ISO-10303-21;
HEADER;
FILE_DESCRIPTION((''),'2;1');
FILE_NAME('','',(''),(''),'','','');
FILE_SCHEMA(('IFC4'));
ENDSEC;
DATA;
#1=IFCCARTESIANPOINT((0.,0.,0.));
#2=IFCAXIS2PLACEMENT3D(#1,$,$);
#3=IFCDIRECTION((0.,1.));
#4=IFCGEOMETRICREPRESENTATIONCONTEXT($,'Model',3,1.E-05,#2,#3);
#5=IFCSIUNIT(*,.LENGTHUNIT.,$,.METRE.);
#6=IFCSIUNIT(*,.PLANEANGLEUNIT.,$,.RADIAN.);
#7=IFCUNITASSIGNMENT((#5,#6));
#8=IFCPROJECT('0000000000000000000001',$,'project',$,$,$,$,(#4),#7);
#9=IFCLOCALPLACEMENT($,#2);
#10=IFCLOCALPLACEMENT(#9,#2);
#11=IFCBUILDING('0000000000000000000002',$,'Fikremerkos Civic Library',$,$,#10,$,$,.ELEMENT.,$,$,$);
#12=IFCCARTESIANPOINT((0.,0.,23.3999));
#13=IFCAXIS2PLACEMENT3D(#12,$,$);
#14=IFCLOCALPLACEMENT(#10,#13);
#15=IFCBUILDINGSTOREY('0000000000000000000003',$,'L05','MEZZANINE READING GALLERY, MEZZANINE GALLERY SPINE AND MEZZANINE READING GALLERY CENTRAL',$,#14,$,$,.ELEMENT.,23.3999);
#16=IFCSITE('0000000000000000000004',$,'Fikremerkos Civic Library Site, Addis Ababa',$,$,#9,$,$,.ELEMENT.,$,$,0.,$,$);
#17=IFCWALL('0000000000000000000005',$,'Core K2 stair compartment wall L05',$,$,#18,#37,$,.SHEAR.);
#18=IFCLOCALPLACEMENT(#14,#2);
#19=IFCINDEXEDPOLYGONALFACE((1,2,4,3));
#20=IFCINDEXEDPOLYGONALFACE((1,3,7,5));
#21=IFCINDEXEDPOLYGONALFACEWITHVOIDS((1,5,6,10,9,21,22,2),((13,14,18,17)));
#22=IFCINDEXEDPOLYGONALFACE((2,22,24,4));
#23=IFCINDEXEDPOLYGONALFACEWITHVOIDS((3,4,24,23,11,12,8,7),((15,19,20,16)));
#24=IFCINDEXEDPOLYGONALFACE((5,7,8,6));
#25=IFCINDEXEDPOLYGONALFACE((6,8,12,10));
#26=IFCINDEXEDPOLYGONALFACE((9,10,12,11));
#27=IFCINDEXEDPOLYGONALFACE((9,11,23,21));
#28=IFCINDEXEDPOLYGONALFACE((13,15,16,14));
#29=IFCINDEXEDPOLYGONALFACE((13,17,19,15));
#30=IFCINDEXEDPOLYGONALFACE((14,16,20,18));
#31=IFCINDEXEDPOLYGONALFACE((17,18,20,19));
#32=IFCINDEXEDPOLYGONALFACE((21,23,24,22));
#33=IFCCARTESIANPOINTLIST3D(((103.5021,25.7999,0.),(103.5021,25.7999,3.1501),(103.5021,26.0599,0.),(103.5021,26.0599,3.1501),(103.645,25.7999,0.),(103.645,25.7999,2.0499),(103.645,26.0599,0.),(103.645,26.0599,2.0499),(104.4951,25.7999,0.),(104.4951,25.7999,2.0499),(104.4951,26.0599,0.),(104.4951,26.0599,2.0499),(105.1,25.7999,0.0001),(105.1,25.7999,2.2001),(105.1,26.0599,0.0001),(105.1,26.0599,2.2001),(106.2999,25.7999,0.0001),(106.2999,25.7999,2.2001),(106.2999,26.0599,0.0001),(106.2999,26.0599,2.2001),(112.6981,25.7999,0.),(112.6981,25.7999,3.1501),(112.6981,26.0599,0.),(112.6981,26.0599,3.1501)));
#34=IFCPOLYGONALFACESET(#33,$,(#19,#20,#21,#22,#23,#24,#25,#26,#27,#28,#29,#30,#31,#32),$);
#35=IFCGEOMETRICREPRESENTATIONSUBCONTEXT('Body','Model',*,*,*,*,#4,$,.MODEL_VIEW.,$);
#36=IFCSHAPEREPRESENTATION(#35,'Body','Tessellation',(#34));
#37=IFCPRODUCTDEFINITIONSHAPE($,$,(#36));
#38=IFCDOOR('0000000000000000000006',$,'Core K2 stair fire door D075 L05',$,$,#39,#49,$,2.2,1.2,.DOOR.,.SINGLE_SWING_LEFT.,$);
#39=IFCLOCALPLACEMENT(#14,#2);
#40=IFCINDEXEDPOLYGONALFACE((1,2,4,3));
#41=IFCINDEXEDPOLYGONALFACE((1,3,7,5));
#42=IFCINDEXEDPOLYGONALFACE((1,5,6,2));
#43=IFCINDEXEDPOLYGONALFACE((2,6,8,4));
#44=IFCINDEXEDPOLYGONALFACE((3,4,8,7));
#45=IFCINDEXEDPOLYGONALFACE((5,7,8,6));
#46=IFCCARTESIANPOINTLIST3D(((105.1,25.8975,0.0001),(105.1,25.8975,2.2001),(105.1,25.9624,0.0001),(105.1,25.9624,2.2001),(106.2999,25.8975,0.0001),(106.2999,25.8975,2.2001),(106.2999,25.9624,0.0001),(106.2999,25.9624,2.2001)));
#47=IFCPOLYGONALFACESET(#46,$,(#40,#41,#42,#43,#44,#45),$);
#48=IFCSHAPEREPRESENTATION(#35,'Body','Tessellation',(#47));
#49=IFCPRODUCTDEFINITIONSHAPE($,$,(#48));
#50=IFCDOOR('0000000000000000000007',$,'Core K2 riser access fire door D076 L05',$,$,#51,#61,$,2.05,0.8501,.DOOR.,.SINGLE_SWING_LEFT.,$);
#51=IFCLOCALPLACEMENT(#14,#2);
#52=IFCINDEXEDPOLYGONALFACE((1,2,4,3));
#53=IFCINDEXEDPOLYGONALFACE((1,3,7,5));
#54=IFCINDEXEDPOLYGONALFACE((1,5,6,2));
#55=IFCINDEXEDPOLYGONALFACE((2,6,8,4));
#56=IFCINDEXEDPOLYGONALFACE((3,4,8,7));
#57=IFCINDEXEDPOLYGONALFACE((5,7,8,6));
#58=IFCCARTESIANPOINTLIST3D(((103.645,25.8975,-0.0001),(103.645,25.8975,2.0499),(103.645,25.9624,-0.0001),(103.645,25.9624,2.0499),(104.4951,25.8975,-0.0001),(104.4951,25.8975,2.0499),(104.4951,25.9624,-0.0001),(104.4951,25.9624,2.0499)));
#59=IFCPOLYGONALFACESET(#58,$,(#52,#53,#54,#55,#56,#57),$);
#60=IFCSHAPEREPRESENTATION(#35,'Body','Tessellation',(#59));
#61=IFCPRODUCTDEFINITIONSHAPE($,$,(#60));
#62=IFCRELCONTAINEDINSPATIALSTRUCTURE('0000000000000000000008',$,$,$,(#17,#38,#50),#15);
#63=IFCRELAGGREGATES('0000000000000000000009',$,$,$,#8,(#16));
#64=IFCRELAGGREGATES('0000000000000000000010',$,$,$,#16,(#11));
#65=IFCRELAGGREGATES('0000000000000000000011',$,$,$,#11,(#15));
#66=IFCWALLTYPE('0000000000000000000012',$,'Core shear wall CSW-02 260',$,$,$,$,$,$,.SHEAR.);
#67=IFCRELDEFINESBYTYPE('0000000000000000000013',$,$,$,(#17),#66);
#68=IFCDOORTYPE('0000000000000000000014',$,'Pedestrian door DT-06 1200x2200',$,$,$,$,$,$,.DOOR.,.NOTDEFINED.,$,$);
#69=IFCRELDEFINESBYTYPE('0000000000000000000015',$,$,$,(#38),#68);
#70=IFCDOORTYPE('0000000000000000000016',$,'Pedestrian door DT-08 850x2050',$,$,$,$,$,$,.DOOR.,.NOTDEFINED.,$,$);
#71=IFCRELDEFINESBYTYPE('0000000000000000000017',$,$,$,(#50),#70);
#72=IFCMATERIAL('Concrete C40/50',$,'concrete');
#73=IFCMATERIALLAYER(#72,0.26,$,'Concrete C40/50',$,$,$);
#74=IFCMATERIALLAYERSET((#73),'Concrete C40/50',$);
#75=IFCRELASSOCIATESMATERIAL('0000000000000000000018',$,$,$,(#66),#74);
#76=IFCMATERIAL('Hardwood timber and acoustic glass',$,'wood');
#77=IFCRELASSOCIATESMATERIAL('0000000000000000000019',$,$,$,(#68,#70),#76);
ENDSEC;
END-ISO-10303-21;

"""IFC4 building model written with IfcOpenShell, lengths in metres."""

from ifc_helpers import new_model, si_unit, direction, frame, frame_2d, origin, place, context, subcontext, project, spatial, rectangle, extrude, material, layer, layer_set, type_object, element, fill, save


model = new_model("IFC4")

# Units and contexts
model_context = context("Model", 3, precision=1e-05, world=origin(), true_north=direction((0.0, 1.0)))
body_context = subcontext(model_context, "Body", "Model", "MODEL_VIEW")
ifc_project = project(units=[si_unit("LENGTHUNIT", "METRE"), si_unit("PLANEANGLEUNIT", "RADIAN")], contexts=[model_context])

# Site, building, storey
site_placement = place(None, origin())
site = spatial("IfcSite", under=ifc_project, at=site_placement, Name="Fikremerkos Civic Library Site, Addis Ababa", CompositionType="ELEMENT", RefElevation=0.0)
building_placement = place(site_placement, origin())
building = spatial("IfcBuilding", under=site, at=building_placement, Name="Fikremerkos Civic Library", CompositionType="ELEMENT")
storey_placement = place(building_placement, frame((0.0, 0.0, 23.3999)))
storey = spatial("IfcBuildingStorey", under=building, at=storey_placement, Name="L05", Description="MEZZANINE READING GALLERY, MEZZANINE GALLERY SPINE AND MEZZANINE READING GALLERY CENTRAL", CompositionType="ELEMENT", Elevation=23.3999)

# Shared definitions
ifc_material_1 = material(Name="Concrete C40/50", Category="concrete")
ifc_material_2 = material(Name="Hardwood timber and acoustic glass", Category="wood")

# Wall, openings, doors
ifc_layer_1 = layer(ifc_material_1, 0.26, Name="Concrete C40/50")
ifc_layer_set_1 = layer_set([ifc_layer_1], Name="Concrete C40/50")
wall_type_1 = type_object("IfcWallType", Name="Core shear wall CSW-02 260", PredefinedType="SHEAR", material=ifc_layer_set_1)
wall_1_placement = place(storey_placement, frame((103.502, 25.9299, 0.0), z_axis=(0.0, 0.0, 1.0), x_axis=(1.0, 0.0, 0.0)))
wall_1 = element("IfcWall", 1, at=wall_1_placement, inside=storey, type_object=wall_type_1, Name="Core K2 stair compartment wall L05", PredefinedType="SHEAR", context=body_context, shape_type="SweptSolid", body=[
    extrude(rectangle(XDim=9.196, YDim=0.26, at=frame_2d((4.5981, 0.0))), origin(), (0.0, 0.0, 1.0), 3.1501),
])
opening_1_placement = place(wall_1_placement, frame((1.5979, 0.0, 0.0)))
opening_1 = element("IfcOpeningElement", 2, at=opening_1_placement, cuts=wall_1, PredefinedType="OPENING", context=body_context, shape_type="SweptSolid", body=[
    extrude(rectangle(XDim=1.2, YDim=2.2, at=frame_2d((0.6001, 1.1001))), frame((0.0, 0.1399, 0.0), z_axis=(0.0, -1.0, 0.0), x_axis=(1.0, 0.0, 0.0)), (0.0, 0.0, 1.0), 0.28),
])
opening_2_placement = place(wall_1_placement, frame((0.1431, 0.0, 0.0)))
opening_2 = element("IfcOpeningElement", 3, at=opening_2_placement, cuts=wall_1, PredefinedType="OPENING", context=body_context, shape_type="SweptSolid", body=[
    extrude(rectangle(XDim=0.8501, YDim=2.05, at=frame_2d((0.425, 1.0249))), frame((0.0, 0.1399, 0.0), z_axis=(0.0, -1.0, 0.0), x_axis=(1.0, 0.0, 0.0)), (0.0, 0.0, 1.0), 0.28),
])
door_type_1 = type_object("IfcDoorType", Name="Pedestrian door DT-06 1200x2200", OperationType="NOTDEFINED", PredefinedType="DOOR", material=ifc_material_2)
door_1_placement = place(opening_1_placement, origin())
door_1 = element("IfcDoor", 4, at=door_1_placement, inside=storey, type_object=door_type_1, Name="Core K2 stair fire door D075 L05", OperationType="SINGLE_SWING_LEFT", OverallHeight=2.2, OverallWidth=1.2, PredefinedType="DOOR", context=body_context, shape_type="SweptSolid", body=[
    extrude(rectangle(XDim=1.2, YDim=2.2, at=frame_2d((0.6001, 1.1001))), frame((0.0, 0.0325, 0.0), z_axis=(0.0, -1.0, 0.0), x_axis=(1.0, 0.0, 0.0)), (0.0, 0.0, 1.0), 0.0649),
])
fill(opening_1, door_1)
door_type_2 = type_object("IfcDoorType", Name="Pedestrian door DT-08 850x2050", OperationType="NOTDEFINED", PredefinedType="DOOR", material=ifc_material_2)
door_2_placement = place(opening_2_placement, origin())
door_2 = element("IfcDoor", 5, at=door_2_placement, inside=storey, type_object=door_type_2, Name="Core K2 riser access fire door D076 L05", OperationType="SINGLE_SWING_LEFT", OverallHeight=2.05, OverallWidth=0.8501, PredefinedType="DOOR", context=body_context, shape_type="SweptSolid", body=[
    extrude(rectangle(XDim=0.8501, YDim=2.05, at=frame_2d((0.425, 1.0249))), frame((0.0, 0.0325, 0.0), z_axis=(0.0, -1.0, 0.0), x_axis=(1.0, 0.0, 0.0)), (0.0, 0.0, 1.0), 0.0649),
])
fill(opening_2, door_2)

save(model, "model.ifc")
